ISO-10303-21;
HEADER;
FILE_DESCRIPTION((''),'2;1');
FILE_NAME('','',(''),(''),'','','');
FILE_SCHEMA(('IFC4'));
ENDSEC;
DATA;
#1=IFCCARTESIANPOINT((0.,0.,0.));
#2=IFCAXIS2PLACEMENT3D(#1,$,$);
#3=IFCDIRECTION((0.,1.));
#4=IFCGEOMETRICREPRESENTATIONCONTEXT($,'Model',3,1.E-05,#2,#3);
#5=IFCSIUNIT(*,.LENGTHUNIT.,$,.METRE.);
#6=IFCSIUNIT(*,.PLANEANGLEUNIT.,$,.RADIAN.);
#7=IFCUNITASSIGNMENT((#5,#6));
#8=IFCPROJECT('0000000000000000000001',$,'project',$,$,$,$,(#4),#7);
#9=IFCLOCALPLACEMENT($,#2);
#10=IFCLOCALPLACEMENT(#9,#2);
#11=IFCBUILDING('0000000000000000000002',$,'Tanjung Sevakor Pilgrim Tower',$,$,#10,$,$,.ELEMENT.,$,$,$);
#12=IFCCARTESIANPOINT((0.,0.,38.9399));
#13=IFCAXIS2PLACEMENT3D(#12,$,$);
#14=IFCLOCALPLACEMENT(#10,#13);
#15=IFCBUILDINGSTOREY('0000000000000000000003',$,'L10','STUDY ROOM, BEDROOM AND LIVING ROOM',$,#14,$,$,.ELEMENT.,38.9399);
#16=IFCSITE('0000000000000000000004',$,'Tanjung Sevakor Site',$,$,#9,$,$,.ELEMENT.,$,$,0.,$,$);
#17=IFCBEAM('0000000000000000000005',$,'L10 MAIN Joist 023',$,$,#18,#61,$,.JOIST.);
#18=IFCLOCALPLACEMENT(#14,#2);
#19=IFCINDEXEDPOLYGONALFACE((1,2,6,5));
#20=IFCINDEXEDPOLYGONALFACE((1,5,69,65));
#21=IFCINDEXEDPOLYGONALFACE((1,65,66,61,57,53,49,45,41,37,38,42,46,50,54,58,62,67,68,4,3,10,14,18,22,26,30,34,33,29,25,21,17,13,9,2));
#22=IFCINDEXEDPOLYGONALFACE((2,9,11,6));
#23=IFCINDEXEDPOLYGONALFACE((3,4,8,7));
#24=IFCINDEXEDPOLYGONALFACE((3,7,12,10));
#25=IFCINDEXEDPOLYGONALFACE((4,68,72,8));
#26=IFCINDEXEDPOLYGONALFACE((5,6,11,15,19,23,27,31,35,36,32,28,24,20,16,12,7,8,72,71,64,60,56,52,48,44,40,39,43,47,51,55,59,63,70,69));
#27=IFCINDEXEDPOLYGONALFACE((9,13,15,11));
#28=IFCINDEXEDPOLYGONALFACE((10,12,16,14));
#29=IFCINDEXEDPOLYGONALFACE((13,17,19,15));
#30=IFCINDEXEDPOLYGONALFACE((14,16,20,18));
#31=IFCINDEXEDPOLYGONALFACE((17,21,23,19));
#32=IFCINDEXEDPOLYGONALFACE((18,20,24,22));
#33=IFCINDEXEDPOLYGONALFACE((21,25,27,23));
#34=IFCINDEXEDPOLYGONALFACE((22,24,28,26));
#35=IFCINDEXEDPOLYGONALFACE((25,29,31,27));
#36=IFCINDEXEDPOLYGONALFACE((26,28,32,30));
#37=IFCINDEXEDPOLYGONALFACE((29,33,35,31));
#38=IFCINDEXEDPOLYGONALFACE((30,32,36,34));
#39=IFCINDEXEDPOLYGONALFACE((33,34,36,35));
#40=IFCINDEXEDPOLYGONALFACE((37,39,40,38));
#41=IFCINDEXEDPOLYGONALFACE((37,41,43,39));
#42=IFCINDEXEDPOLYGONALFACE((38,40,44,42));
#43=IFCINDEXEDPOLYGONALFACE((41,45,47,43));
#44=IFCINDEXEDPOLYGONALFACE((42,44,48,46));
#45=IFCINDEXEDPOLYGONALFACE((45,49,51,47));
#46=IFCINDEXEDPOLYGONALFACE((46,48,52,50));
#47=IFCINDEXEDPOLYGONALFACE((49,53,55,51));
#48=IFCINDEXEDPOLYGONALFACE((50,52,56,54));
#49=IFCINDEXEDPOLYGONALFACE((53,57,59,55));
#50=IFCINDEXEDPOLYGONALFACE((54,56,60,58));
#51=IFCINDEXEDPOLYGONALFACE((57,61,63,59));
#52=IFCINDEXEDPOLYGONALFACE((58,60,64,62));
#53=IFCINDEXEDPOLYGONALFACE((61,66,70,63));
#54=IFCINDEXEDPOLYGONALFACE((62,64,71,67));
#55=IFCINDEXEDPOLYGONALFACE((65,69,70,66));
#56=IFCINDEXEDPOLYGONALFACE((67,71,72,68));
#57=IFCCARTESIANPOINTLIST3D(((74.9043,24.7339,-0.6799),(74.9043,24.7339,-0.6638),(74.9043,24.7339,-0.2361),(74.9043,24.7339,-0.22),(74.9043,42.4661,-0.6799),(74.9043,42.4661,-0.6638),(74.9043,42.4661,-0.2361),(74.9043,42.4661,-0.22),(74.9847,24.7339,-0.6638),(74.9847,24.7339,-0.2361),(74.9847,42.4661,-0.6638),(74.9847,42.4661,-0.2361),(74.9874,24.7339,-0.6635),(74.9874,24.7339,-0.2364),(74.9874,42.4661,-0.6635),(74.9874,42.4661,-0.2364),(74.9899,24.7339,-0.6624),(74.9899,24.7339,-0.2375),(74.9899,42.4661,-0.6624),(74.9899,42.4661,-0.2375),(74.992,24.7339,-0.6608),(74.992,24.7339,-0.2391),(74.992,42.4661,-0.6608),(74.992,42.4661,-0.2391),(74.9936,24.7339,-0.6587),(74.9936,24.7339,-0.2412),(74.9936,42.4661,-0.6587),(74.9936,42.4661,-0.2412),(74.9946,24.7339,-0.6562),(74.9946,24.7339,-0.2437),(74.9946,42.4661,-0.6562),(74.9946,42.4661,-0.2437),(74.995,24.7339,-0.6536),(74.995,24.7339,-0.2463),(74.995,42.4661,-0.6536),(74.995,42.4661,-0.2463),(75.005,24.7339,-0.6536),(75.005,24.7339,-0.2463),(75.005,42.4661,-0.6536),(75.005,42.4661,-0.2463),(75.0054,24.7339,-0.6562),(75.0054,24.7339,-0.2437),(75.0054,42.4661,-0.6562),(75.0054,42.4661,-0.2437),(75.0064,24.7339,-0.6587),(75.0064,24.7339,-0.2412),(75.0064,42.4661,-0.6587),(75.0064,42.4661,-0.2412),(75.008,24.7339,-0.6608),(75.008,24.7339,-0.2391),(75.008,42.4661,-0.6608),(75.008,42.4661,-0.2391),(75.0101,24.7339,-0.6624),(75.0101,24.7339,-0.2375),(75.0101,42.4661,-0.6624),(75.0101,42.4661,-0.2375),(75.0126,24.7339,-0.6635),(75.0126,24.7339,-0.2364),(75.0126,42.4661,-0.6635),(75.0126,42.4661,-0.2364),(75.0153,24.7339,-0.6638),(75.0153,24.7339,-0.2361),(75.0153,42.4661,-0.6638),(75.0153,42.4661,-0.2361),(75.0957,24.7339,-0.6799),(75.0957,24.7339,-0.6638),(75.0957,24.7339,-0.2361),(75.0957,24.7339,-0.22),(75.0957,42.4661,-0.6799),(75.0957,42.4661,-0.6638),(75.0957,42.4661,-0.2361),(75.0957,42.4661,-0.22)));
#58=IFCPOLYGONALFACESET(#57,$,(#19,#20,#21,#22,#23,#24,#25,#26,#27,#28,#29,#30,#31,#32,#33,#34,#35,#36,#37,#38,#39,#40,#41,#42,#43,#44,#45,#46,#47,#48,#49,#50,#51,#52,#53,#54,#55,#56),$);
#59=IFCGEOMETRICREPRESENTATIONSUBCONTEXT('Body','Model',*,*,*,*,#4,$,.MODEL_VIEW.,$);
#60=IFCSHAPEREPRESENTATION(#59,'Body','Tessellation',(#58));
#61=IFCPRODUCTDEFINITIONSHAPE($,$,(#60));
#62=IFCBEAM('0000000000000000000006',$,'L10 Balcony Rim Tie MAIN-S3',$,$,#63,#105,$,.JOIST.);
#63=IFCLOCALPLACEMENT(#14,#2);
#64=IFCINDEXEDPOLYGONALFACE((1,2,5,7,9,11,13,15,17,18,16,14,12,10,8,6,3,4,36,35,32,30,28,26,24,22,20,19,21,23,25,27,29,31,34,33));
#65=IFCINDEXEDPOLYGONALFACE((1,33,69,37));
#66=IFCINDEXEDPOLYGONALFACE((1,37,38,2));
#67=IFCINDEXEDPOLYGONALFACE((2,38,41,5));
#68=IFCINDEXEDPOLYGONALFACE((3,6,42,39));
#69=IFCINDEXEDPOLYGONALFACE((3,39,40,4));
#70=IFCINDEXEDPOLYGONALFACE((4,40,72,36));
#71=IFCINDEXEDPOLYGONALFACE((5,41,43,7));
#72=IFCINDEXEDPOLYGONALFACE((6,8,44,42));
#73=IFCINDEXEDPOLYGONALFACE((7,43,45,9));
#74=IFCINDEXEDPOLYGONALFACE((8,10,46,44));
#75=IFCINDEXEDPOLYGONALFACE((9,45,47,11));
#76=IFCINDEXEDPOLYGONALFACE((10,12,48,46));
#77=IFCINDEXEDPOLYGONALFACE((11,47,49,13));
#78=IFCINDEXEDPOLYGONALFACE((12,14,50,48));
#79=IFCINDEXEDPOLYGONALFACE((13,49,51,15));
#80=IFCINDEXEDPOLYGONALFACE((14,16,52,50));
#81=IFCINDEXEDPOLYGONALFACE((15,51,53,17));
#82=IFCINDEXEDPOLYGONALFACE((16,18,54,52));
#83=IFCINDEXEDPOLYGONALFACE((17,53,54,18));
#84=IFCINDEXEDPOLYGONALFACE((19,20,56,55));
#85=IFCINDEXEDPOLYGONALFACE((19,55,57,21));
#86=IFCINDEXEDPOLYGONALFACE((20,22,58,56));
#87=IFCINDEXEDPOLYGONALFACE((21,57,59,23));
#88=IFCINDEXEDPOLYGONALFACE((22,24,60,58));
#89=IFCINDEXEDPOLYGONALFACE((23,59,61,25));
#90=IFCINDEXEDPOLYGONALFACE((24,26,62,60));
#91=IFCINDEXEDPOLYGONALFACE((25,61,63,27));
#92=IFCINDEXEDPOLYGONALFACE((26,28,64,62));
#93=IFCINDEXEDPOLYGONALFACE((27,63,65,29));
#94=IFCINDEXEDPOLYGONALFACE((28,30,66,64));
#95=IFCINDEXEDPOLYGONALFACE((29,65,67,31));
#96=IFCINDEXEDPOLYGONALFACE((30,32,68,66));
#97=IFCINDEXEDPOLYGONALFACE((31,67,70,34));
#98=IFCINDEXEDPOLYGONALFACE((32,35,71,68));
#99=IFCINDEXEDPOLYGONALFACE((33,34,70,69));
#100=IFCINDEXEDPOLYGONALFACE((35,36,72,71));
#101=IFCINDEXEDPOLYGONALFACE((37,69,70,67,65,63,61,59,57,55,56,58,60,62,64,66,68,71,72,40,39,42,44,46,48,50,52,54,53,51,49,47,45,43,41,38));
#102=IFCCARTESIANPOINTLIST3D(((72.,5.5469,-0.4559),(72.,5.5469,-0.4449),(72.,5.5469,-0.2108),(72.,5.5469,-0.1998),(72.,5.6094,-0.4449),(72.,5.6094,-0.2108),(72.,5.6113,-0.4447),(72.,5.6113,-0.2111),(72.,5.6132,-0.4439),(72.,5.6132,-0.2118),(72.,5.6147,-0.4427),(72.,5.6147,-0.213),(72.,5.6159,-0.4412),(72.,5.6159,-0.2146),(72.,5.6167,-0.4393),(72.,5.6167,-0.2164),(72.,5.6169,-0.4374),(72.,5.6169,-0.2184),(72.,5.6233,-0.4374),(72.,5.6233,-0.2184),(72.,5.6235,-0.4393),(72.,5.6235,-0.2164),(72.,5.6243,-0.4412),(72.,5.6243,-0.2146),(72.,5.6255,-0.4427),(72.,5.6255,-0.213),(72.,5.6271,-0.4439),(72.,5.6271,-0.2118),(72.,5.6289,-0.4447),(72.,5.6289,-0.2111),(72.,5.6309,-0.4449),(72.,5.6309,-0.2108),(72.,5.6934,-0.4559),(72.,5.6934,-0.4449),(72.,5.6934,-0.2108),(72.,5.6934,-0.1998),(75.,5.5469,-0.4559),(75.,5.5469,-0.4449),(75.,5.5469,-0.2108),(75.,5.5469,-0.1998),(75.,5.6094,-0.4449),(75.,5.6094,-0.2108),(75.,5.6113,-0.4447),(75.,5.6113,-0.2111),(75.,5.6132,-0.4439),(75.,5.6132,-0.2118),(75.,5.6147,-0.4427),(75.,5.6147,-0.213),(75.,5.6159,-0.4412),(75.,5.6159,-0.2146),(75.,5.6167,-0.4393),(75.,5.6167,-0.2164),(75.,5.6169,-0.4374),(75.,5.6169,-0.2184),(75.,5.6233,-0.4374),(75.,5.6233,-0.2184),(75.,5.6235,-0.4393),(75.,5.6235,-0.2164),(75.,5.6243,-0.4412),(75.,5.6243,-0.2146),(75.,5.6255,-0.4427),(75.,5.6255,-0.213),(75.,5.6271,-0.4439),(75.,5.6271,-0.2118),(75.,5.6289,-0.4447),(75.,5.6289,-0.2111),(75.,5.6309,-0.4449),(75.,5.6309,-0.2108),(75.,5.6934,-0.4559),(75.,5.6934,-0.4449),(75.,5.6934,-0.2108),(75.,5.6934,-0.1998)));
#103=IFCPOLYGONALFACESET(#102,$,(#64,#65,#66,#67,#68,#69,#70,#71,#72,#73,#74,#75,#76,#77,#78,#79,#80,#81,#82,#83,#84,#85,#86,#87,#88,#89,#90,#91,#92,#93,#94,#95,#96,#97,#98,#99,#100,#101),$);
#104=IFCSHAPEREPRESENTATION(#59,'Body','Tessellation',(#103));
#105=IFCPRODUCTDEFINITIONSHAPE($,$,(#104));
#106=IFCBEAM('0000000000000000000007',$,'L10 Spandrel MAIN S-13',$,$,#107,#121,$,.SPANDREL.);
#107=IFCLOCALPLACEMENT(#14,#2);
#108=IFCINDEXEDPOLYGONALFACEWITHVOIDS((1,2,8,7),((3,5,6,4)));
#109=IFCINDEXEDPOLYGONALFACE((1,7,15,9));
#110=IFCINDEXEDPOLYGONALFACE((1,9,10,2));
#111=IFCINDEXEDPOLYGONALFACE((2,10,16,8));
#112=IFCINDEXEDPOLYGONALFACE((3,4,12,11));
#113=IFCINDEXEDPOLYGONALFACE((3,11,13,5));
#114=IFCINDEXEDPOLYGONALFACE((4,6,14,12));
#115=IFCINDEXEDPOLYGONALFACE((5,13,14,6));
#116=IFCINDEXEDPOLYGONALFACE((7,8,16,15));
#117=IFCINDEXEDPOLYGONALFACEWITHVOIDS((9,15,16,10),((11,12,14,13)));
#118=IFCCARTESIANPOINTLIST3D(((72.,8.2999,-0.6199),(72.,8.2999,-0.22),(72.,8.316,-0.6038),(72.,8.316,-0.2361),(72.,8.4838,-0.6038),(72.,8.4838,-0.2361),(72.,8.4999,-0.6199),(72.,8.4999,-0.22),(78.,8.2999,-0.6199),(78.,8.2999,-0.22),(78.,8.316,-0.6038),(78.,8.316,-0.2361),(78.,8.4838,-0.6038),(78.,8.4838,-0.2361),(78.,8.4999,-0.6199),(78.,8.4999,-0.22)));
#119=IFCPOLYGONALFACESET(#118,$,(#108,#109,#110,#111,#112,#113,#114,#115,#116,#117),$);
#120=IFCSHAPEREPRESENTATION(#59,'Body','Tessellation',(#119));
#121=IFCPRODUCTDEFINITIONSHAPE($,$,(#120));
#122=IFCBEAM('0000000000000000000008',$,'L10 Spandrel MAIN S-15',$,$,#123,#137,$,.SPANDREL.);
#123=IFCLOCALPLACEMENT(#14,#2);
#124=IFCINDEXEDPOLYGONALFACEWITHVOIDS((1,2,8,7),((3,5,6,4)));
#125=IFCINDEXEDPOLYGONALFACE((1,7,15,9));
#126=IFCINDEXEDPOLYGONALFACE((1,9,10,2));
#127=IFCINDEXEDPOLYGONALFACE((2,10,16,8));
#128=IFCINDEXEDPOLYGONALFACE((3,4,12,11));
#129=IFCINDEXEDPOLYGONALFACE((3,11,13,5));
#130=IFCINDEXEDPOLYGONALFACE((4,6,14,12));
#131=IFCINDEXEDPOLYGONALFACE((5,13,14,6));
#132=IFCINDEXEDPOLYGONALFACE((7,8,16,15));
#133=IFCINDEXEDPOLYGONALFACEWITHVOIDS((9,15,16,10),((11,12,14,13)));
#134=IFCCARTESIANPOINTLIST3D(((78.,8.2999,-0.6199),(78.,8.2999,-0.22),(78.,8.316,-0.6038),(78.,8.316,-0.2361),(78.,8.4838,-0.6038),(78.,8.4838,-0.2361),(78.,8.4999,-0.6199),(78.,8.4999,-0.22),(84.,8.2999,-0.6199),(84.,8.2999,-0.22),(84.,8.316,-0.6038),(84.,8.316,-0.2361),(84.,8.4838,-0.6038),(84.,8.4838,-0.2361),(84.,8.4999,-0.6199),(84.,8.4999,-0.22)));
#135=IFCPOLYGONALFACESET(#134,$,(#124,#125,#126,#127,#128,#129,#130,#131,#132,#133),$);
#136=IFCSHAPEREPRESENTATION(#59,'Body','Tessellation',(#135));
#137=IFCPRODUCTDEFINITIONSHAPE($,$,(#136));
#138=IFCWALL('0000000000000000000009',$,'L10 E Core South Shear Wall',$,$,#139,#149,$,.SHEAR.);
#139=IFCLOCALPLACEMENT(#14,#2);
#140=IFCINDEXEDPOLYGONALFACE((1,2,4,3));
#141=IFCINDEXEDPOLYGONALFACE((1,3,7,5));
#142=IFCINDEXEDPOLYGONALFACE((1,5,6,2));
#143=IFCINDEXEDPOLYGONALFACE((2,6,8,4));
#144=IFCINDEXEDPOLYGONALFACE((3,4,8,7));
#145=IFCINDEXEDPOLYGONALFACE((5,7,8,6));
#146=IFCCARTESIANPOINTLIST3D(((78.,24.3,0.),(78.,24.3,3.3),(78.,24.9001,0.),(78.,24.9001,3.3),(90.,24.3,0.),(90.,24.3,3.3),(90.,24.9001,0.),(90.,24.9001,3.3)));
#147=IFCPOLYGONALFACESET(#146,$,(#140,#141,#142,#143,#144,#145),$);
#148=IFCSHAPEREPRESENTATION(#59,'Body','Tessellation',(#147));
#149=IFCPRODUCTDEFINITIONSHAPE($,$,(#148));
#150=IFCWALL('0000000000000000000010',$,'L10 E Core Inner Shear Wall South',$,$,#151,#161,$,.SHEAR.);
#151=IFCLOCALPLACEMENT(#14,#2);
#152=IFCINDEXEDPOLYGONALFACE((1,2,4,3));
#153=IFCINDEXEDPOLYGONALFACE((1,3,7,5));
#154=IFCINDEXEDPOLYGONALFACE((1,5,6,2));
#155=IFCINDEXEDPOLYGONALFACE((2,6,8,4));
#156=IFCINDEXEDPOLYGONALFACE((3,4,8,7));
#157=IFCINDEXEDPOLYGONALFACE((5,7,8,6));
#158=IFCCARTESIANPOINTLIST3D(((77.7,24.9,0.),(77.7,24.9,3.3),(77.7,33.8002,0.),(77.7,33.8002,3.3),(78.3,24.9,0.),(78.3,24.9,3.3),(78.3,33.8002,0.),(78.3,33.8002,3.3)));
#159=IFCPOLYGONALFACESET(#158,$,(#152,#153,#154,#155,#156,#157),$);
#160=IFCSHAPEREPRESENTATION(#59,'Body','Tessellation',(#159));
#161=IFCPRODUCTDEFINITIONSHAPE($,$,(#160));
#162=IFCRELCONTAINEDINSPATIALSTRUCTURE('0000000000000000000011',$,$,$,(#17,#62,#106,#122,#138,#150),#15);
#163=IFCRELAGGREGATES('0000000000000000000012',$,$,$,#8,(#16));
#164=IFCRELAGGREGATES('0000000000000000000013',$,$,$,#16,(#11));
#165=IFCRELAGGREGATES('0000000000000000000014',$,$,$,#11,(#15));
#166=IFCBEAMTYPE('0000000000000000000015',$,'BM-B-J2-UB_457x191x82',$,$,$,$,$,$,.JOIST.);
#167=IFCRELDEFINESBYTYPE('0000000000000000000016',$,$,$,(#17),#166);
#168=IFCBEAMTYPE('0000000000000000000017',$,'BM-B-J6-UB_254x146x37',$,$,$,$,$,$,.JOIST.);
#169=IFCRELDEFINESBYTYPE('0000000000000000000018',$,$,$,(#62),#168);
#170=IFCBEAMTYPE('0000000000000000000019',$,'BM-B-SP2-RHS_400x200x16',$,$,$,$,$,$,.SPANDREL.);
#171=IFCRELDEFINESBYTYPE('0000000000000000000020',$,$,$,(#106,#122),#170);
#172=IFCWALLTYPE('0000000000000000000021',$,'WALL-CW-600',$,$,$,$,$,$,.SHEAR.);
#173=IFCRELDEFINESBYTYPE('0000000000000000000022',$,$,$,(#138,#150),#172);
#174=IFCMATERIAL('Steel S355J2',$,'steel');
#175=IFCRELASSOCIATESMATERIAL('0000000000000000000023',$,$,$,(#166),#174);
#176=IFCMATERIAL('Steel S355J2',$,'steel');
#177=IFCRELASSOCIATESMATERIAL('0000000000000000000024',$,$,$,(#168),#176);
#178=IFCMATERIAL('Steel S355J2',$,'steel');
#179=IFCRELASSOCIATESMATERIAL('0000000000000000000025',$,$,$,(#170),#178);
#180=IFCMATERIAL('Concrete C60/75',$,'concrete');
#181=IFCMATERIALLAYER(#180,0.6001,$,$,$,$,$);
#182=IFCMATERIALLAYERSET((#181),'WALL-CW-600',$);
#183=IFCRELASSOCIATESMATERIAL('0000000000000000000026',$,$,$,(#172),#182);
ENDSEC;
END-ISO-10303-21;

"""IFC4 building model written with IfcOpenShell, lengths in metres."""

from ifc_helpers import new_model, si_unit, direction, frame, frame_2d, origin, origin_2d, place, context, subcontext, project, spatial, rectangle, hollow_rectangle, i_section, extrude, material, layer, layer_set, material_profile, profile_set, type_object, element, save


model = new_model("IFC4")

# Units and contexts
model_context = context("Model", 3, precision=1e-05, world=origin(), true_north=direction((0.0, 1.0)))
body_context = subcontext(model_context, "Body", "Model", "MODEL_VIEW")
ifc_project = project(units=[si_unit("LENGTHUNIT", "METRE"), si_unit("PLANEANGLEUNIT", "RADIAN")], contexts=[model_context])

# Site, building, storey
site_placement = place(None, origin())
site = spatial("IfcSite", under=ifc_project, at=site_placement, Name="Tanjung Sevakor Site", CompositionType="ELEMENT", RefElevation=0.0)
building_placement = place(site_placement, origin())
building = spatial("IfcBuilding", under=site, at=building_placement, Name="Tanjung Sevakor Pilgrim Tower", CompositionType="ELEMENT")
storey_placement = place(building_placement, frame((0.0, 0.0, 38.9399)))
storey = spatial("IfcBuildingStorey", under=building, at=storey_placement, Name="L10", Description="STUDY ROOM, BEDROOM AND LIVING ROOM", CompositionType="ELEMENT", Elevation=38.9399)

# Beams
ifc_material_1 = material(Name="Steel S355J2", Category="steel")
ifc_material_profile_1 = material_profile(ifc_material_1, i_section(OverallWidth=0.1914, OverallDepth=0.46, WebThickness=0.01, FlangeThickness=0.0161, FilletRadius=0.0103, at=origin_2d()))
ifc_profile_set_1 = profile_set([ifc_material_profile_1], Name="Steel S355J2")
beam_type_1 = type_object("IfcBeamType", Name="BM-B-J2-UB_457x191x82", PredefinedType="JOIST", material=ifc_profile_set_1)
for number, where, z_axis, x_axis, name in (
    (1, (75.0, 24.7339, -0.45), (0.0, 1.0, 0.0), (-1.0, 0.0, 0.0), "L10 MAIN Joist 023"),
):
    element("IfcBeam", number, at=place(storey_placement, frame(where, z_axis=z_axis, x_axis=x_axis)), inside=storey, type_object=beam_type_1, Name=name, PredefinedType="JOIST", context=body_context, shape_type="SweptSolid", body=[
        extrude(i_section(OverallWidth=0.1914, OverallDepth=0.46, WebThickness=0.01, FlangeThickness=0.0161, FilletRadius=0.0103, at=origin_2d()), origin(), (0.0, 0.0, 1.0), 17.7322),
    ])
ifc_material_2 = material(Name="Steel S355J2", Category="steel")
ifc_material_profile_2 = material_profile(ifc_material_2, i_section(OverallWidth=0.1465, OverallDepth=0.2561, WebThickness=0.0063, FlangeThickness=0.011, FilletRadius=0.0076, at=origin_2d()))
ifc_profile_set_2 = profile_set([ifc_material_profile_2], Name="Steel S355J2")
beam_type_2 = type_object("IfcBeamType", Name="BM-B-J6-UB_254x146x37", PredefinedType="JOIST", material=ifc_profile_set_2)
beam_1_placement = place(storey_placement, frame((72.0, 5.6201, -0.3279), z_axis=(1.0, 0.0, 0.0), x_axis=(0.0, 1.0, 0.0)))
element("IfcBeam", 2, at=beam_1_placement, inside=storey, type_object=beam_type_2, Name="L10 Balcony Rim Tie MAIN-S3", PredefinedType="JOIST", context=body_context, shape_type="SweptSolid", body=[
    extrude(i_section(OverallWidth=0.1465, OverallDepth=0.2561, WebThickness=0.0063, FlangeThickness=0.011, FilletRadius=0.0076, at=origin_2d()), origin(), (0.0, 0.0, 1.0), 3.0),
])
ifc_material_3 = material(Name="Steel S355J2", Category="steel")
ifc_material_profile_3 = material_profile(ifc_material_3, hollow_rectangle(XDim=0.2, YDim=0.3999, WallThickness=0.0161, at=origin_2d()))
ifc_profile_set_3 = profile_set([ifc_material_profile_3], Name="Steel S355J2")
beam_type_3 = type_object("IfcBeamType", Name="BM-B-SP2-RHS_400x200x16", PredefinedType="SPANDREL", material=ifc_profile_set_3)
for number, where, z_axis, x_axis, name in (
    (3, (72.0, 8.3999, -0.4199), (1.0, 0.0, 0.0), (0.0, 1.0, 0.0), "L10 Spandrel MAIN S-13"),
    (4, (78.0, 8.3999, -0.4199), (1.0, 0.0, 0.0), (0.0, 1.0, 0.0), "L10 Spandrel MAIN S-15"),
):
    element("IfcBeam", number, at=place(storey_placement, frame(where, z_axis=z_axis, x_axis=x_axis)), inside=storey, type_object=beam_type_3, Name=name, PredefinedType="SPANDREL", context=body_context, shape_type="SweptSolid", body=[
        extrude(hollow_rectangle(XDim=0.2, YDim=0.3999, WallThickness=0.0161, at=origin_2d()), origin(), (0.0, 0.0, 1.0), 6.0),
    ])

# Walls
ifc_material_4 = material(Name="Concrete C60/75", Category="concrete")
ifc_layer_1 = layer(ifc_material_4, 0.6001)
ifc_layer_set_1 = layer_set([ifc_layer_1], Name="WALL-CW-600")
wall_type_1 = type_object("IfcWallType", Name="WALL-CW-600", PredefinedType="SHEAR", material=ifc_layer_set_1)
wall_1_placement = place(storey_placement, frame((78.0, 24.6001, 0.0), z_axis=(0.0, 0.0, 1.0), x_axis=(1.0, 0.0, 0.0)))
element("IfcWall", 5, at=wall_1_placement, inside=storey, type_object=wall_type_1, Name="L10 E Core South Shear Wall", PredefinedType="SHEAR", context=body_context, shape_type="SweptSolid", body=[
    extrude(rectangle(XDim=12.0, YDim=0.6001, at=frame_2d((6.0, 0.0))), origin(), (0.0, 0.0, 1.0), 3.3),
])
wall_2_placement = place(storey_placement, frame((78.0, 24.8999, 0.0), z_axis=(0.0, 0.0, 1.0), x_axis=(0.0, 1.0, 0.0)))
element("IfcWall", 6, at=wall_2_placement, inside=storey, type_object=wall_type_1, Name="L10 E Core Inner Shear Wall South", PredefinedType="SHEAR", context=body_context, shape_type="SweptSolid", body=[
    extrude(rectangle(XDim=8.9001, YDim=0.6001, at=frame_2d((4.4502, 0.0))), origin(), (0.0, 0.0, 1.0), 3.3),
])

save(model, "model.ifc")
